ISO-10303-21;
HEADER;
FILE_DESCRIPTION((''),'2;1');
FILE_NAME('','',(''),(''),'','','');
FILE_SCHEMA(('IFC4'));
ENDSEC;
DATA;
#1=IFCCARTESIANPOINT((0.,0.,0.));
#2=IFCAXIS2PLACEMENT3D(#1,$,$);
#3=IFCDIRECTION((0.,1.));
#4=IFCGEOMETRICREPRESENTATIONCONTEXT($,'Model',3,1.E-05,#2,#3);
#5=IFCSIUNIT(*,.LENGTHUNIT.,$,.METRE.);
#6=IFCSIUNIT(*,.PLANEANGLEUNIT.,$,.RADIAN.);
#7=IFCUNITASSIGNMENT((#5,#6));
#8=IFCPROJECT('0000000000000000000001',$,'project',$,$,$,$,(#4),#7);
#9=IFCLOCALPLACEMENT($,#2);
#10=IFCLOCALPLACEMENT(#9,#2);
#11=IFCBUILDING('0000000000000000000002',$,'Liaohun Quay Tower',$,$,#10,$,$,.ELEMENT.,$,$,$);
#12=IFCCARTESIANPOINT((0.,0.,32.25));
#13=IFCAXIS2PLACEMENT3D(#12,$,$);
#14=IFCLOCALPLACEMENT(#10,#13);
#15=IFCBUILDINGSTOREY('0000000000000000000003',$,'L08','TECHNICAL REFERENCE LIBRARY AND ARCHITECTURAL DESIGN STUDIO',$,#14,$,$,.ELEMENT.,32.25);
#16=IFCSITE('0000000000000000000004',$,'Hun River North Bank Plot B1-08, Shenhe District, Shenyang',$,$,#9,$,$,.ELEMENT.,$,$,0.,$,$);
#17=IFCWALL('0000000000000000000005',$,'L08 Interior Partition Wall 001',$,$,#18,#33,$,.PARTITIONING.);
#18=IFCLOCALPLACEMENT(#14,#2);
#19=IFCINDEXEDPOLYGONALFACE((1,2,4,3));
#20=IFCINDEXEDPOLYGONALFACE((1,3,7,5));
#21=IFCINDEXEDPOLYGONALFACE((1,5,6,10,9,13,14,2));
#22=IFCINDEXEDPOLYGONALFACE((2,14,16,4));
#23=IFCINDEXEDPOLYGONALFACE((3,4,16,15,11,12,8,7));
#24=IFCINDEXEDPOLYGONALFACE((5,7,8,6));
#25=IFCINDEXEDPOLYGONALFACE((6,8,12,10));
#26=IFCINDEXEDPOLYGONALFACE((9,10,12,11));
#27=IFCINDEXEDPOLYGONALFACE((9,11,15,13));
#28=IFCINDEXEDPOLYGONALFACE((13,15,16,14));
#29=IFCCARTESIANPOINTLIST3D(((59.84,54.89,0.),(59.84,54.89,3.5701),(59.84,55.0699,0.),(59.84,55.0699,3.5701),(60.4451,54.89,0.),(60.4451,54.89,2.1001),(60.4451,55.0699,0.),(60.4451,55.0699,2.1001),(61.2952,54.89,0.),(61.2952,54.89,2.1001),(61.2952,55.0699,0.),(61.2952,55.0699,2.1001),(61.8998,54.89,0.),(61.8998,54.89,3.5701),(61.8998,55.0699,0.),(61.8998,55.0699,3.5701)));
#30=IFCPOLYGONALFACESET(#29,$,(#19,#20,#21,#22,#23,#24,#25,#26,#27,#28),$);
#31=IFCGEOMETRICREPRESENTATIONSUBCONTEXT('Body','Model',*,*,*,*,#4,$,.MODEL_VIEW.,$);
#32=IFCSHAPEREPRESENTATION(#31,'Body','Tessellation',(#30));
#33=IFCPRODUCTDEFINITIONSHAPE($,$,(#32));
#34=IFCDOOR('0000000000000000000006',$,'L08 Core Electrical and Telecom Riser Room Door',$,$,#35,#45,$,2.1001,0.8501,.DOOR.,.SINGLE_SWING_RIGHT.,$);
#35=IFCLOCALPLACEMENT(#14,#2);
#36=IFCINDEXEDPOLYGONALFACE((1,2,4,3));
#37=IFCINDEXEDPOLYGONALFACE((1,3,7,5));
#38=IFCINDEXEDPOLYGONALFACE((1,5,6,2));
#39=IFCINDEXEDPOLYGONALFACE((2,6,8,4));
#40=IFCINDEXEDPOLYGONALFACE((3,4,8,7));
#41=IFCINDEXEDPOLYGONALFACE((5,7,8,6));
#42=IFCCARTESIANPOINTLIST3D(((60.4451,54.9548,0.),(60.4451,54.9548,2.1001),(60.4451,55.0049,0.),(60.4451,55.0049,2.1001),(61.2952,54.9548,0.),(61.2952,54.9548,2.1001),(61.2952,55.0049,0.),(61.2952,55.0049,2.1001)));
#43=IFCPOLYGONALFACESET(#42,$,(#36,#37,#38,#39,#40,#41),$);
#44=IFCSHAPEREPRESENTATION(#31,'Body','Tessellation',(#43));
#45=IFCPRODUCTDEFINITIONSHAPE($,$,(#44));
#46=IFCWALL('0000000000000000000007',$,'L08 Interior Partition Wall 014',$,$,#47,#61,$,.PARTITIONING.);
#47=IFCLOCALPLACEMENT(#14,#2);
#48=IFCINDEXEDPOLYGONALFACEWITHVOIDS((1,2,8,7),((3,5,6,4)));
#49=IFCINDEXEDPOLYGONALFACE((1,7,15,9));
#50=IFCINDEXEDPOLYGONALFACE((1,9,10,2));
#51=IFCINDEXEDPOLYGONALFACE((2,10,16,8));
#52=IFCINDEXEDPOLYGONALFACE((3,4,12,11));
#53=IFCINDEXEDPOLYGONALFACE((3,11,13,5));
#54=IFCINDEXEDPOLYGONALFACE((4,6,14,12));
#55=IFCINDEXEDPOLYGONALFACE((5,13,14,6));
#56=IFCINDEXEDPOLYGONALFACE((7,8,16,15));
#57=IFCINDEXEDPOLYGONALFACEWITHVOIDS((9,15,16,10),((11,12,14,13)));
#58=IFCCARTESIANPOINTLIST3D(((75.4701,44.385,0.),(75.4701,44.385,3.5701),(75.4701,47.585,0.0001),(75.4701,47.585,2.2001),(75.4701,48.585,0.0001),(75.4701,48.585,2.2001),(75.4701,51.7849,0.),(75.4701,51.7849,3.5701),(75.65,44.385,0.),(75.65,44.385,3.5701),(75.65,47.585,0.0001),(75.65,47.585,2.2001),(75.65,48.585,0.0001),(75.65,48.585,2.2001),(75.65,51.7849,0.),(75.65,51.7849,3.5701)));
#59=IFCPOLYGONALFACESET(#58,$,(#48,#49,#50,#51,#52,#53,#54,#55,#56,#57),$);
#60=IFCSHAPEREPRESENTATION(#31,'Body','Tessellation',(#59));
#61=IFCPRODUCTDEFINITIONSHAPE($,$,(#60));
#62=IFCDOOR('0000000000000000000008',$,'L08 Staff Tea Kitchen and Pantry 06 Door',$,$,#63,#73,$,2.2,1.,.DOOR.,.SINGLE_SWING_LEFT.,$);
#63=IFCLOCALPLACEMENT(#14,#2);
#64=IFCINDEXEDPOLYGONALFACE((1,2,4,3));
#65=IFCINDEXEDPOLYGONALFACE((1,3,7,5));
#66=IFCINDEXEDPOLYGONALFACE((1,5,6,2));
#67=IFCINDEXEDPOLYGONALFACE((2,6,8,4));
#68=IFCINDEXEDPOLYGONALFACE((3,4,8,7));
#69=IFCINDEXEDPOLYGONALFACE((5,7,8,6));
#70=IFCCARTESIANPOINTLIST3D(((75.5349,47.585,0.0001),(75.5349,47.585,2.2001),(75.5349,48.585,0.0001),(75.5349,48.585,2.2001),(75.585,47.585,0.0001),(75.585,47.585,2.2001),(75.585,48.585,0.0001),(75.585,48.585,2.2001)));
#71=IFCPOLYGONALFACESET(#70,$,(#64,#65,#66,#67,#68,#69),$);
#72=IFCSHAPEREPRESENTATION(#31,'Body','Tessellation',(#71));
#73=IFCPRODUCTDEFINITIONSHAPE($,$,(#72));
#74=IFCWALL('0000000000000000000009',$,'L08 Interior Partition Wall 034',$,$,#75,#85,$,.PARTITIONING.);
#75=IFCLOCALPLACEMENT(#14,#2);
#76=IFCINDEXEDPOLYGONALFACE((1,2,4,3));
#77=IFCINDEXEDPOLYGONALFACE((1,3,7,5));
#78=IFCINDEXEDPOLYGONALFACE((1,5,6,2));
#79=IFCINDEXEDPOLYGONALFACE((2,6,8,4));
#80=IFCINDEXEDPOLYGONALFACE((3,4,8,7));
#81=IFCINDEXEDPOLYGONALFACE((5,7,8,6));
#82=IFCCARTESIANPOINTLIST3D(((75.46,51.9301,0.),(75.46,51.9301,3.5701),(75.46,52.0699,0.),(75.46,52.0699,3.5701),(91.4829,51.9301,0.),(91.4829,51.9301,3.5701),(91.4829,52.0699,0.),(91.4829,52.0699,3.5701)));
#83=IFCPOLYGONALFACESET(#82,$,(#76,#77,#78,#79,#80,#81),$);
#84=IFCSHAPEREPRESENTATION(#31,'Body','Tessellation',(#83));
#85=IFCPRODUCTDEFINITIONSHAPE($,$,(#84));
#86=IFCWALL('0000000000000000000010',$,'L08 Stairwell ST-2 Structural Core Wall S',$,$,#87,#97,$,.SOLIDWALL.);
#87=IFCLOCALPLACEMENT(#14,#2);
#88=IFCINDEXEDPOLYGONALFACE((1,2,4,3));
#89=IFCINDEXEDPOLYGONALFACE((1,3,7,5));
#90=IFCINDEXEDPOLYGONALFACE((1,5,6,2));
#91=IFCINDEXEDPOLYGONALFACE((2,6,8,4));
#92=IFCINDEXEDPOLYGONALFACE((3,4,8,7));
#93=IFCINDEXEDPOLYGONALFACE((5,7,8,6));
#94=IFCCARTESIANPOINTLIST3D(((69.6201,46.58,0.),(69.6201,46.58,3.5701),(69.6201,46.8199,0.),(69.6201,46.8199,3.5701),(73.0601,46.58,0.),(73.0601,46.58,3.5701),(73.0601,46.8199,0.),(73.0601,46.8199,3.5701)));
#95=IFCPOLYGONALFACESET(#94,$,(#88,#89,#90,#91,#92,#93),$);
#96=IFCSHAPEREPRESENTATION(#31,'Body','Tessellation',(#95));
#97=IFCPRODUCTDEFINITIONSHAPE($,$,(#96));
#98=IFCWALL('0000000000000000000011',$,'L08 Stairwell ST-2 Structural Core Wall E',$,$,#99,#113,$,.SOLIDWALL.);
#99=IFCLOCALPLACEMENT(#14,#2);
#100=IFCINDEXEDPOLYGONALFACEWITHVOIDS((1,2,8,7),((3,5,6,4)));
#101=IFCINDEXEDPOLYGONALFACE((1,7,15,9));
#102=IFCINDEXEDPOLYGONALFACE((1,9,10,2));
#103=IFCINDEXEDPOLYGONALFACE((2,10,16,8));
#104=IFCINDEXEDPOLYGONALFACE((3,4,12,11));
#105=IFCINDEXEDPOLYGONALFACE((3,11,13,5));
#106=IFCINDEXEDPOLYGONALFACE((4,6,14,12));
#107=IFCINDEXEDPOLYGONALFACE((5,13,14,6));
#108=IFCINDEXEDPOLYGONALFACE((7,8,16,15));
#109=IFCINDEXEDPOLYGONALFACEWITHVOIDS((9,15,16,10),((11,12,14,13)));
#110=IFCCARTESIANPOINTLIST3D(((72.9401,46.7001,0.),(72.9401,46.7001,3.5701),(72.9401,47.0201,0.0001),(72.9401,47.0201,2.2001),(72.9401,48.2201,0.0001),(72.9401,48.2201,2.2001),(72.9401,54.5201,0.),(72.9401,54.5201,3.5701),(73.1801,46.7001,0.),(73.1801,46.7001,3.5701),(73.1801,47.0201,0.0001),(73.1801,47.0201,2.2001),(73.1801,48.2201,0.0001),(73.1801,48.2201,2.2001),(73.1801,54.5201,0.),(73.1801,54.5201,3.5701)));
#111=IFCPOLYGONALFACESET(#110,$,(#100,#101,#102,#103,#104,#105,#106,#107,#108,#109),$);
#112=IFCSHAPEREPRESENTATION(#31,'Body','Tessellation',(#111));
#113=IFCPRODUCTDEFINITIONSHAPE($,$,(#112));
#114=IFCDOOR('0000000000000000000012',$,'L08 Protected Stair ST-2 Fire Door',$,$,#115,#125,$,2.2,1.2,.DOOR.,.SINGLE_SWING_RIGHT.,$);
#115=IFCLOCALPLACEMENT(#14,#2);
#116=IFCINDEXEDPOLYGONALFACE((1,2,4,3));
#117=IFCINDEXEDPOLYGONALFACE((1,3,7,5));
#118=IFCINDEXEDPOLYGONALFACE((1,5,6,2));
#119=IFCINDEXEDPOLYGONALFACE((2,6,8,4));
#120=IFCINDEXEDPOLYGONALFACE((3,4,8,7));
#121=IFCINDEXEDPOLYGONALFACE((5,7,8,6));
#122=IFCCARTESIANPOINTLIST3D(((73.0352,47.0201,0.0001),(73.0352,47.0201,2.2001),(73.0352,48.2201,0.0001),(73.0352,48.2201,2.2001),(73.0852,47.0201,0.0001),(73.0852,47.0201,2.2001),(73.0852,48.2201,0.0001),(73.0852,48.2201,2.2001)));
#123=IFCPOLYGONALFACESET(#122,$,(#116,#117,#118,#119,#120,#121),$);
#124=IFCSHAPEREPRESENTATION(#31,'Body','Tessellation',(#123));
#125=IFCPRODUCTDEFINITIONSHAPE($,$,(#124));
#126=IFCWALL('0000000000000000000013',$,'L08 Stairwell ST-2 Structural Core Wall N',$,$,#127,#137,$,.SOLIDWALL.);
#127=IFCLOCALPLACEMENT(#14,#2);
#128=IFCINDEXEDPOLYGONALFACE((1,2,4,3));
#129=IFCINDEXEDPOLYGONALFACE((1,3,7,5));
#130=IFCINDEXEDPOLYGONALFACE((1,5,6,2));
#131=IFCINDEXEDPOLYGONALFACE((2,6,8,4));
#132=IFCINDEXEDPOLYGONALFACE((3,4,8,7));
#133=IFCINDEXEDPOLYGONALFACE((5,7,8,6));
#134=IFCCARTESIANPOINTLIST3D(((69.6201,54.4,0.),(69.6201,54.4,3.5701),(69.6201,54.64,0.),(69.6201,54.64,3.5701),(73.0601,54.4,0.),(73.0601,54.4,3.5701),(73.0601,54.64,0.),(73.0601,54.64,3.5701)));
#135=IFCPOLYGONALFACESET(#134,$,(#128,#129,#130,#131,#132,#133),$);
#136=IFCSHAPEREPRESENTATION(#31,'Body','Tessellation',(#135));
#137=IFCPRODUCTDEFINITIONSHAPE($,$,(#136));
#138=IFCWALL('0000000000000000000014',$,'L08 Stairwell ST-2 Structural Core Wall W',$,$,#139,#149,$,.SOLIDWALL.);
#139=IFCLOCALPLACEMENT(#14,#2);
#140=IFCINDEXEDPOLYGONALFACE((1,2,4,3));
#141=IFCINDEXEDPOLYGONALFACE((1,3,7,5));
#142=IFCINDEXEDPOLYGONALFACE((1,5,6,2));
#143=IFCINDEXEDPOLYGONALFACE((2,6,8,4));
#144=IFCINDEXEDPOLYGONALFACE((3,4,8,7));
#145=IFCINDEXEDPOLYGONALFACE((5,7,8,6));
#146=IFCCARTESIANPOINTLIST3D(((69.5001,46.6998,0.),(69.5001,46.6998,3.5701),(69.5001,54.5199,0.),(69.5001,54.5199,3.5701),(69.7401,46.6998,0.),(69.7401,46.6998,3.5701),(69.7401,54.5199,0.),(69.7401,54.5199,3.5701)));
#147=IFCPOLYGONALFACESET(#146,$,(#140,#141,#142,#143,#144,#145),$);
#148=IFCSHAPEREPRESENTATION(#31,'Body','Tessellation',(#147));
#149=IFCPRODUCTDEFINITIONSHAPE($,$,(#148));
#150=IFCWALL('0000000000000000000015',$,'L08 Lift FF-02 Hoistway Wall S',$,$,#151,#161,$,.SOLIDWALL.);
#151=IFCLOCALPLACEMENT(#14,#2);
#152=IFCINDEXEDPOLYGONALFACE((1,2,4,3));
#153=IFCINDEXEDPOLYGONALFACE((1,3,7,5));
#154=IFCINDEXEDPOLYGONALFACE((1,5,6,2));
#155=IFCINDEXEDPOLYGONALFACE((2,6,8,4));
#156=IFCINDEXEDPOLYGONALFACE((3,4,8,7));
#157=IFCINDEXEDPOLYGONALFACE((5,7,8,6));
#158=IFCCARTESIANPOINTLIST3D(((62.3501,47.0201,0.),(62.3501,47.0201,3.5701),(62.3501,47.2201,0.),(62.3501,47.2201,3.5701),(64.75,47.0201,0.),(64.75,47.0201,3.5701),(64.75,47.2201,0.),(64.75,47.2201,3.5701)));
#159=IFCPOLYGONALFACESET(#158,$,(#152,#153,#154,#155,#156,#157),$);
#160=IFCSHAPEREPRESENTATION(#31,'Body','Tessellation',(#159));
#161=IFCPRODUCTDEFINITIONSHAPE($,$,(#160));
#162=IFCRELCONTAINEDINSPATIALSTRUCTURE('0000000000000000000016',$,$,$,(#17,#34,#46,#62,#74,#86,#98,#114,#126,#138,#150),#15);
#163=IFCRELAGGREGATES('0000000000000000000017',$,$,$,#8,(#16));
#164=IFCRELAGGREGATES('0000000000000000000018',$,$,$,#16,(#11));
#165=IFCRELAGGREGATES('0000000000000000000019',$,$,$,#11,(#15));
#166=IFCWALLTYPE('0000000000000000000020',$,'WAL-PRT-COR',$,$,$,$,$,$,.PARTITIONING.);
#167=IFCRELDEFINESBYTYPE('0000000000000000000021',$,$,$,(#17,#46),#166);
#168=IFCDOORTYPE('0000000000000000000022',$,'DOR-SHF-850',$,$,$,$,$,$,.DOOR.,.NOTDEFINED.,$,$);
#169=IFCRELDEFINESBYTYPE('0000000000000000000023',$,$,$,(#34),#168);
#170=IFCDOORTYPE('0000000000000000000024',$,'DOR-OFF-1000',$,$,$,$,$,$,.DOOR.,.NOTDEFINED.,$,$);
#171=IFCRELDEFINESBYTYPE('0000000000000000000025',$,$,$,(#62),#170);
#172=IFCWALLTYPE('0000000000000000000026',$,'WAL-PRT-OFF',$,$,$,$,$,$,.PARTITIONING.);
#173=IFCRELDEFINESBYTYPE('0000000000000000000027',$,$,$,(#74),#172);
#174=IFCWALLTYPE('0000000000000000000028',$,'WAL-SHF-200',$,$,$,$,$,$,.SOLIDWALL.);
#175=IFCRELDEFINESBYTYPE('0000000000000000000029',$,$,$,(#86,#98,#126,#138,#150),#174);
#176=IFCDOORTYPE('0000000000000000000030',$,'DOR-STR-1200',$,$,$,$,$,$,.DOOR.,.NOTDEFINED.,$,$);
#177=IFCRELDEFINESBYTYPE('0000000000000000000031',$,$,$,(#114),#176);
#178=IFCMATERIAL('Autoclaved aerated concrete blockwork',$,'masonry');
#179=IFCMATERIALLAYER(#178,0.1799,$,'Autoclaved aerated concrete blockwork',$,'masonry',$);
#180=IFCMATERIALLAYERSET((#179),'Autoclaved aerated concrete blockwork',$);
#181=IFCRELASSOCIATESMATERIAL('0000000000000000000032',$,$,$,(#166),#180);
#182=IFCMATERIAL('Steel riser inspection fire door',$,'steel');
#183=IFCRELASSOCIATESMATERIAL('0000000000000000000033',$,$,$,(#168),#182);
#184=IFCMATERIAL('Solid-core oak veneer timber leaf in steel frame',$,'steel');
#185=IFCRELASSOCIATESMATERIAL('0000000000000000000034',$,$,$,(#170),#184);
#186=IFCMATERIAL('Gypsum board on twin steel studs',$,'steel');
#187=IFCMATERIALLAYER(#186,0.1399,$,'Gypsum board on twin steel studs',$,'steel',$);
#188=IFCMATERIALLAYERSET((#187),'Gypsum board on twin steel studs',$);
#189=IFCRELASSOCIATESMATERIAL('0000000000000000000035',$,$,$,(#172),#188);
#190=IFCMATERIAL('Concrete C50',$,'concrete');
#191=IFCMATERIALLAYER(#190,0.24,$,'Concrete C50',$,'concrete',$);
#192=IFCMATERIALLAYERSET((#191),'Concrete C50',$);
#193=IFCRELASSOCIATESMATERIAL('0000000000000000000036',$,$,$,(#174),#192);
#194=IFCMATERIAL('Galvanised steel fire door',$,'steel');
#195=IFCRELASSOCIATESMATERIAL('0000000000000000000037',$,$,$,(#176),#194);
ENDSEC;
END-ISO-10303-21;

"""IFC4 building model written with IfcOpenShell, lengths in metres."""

from ifc_helpers import new_model, si_unit, direction, frame, frame_2d, origin, place, context, subcontext, project, spatial, rectangle, extrude, source, transform, mapped, material, layer, layer_set, type_object, element, fill, save


model = new_model("IFC4")

# Units and contexts
model_context = context("Model", 3, precision=1e-05, world=origin(), true_north=direction((0.0, 1.0)))
body_context = subcontext(model_context, "Body", "Model", "MODEL_VIEW")
ifc_project = project(units=[si_unit("LENGTHUNIT", "METRE"), si_unit("PLANEANGLEUNIT", "RADIAN")], contexts=[model_context])

# Site, building, storey
site_placement = place(None, origin())
site = spatial("IfcSite", under=ifc_project, at=site_placement, Name="Hun River North Bank Plot B1-08, Shenhe District, Shenyang", CompositionType="ELEMENT", RefElevation=0.0)
building_placement = place(site_placement, origin())
building = spatial("IfcBuilding", under=site, at=building_placement, Name="Liaohun Quay Tower", CompositionType="ELEMENT")
storey_placement = place(building_placement, frame((0.0, 0.0, 32.25)))
storey = spatial("IfcBuildingStorey", under=building, at=storey_placement, Name="L08", Description="TECHNICAL REFERENCE LIBRARY AND ARCHITECTURAL DESIGN STUDIO", CompositionType="ELEMENT", Elevation=32.25)

# Walls, openings, doors
ifc_material_1 = material(Name="Autoclaved aerated concrete blockwork", Category="masonry")
ifc_layer_1 = layer(ifc_material_1, 0.1799, Name="Autoclaved aerated concrete blockwork", Category="masonry")
ifc_layer_set_1 = layer_set([ifc_layer_1], Name="Autoclaved aerated concrete blockwork")
wall_type_1 = type_object("IfcWallType", Name="WAL-PRT-COR", PredefinedType="PARTITIONING", material=ifc_layer_set_1)
wall_1_placement = place(storey_placement, frame((59.8401, 54.98, 0.0), z_axis=(0.0, 0.0, 1.0), x_axis=(1.0, 0.0, 0.0)))
wall_1 = element("IfcWall", 1, at=wall_1_placement, inside=storey, type_object=wall_type_1, Name="L08 Interior Partition Wall 001", PredefinedType="PARTITIONING", context=body_context, shape_type="SweptSolid", body=[
    extrude(rectangle(XDim=2.0598, YDim=0.1799, at=frame_2d((1.0298, 0.0))), origin(), (0.0, 0.0, 1.0), 3.5701),
])
shared_shape_1 = source(origin(), body_context, "Body", "SweptSolid", [
    extrude(rectangle(XDim=0.8501, YDim=2.1001, at=frame_2d((0.425, 1.05))), frame((0.0, 0.0999, 0.0), z_axis=(0.0, -1.0, 0.0), x_axis=(1.0, 0.0, 0.0)), (0.0, 0.0, 1.0), 0.2),
])
opening_1_placement = place(wall_1_placement, frame((0.605, 0.0, 0.0)))
opening_1 = element("IfcOpeningElement", 2, at=opening_1_placement, cuts=wall_1, PredefinedType="OPENING", context=body_context, shape_type="MappedRepresentation", body=[
    mapped(shared_shape_1, transform((0.0, 0.0, 0.0), x_axis=(1.0, 0.0, 0.0), y_axis=(0.0, 1.0, 0.0), z_axis=(0.0, 0.0, 1.0), scale=1.0)),
])
ifc_material_2 = material(Name="Steel riser inspection fire door", Category="steel")
door_type_1 = type_object("IfcDoorType", Name="DOR-SHF-850", OperationType="NOTDEFINED", PredefinedType="DOOR", material=ifc_material_2)
shared_shape_2 = source(origin(), body_context, "Body", "SweptSolid", [
    extrude(rectangle(XDim=0.8501, YDim=2.1001, at=frame_2d((0.425, 1.05))), frame((0.0, 0.0249, 0.0), z_axis=(0.0, -1.0, 0.0), x_axis=(1.0, 0.0, 0.0)), (0.0, 0.0, 1.0), 0.05),
])
door_1_placement = place(opening_1_placement, origin())
door_1 = element("IfcDoor", 3, at=door_1_placement, inside=storey, type_object=door_type_1, Name="L08 Core Electrical and Telecom Riser Room Door", OperationType="SINGLE_SWING_RIGHT", OverallHeight=2.1001, OverallWidth=0.8501, PredefinedType="DOOR", context=body_context, shape_type="MappedRepresentation", body=[
    mapped(shared_shape_2, transform((0.0, 0.0, 0.0), x_axis=(1.0, 0.0, 0.0), y_axis=(0.0, 1.0, 0.0), z_axis=(0.0, 0.0, 1.0), scale=1.0)),
])
fill(opening_1, door_1)
wall_2_placement = place(storey_placement, frame((75.5601, 51.7849, 0.0), z_axis=(0.0, 0.0, 1.0), x_axis=(0.0, -1.0, 0.0)))
wall_2 = element("IfcWall", 4, at=wall_2_placement, inside=storey, type_object=wall_type_1, Name="L08 Interior Partition Wall 014", PredefinedType="PARTITIONING", context=body_context, shape_type="SweptSolid", body=[
    extrude(rectangle(XDim=7.3999, YDim=0.1799, at=frame_2d((3.7, 0.0))), origin(), (0.0, 0.0, 1.0), 3.5701),
])
shared_shape_3 = source(origin(), body_context, "Body", "SweptSolid", [
    extrude(rectangle(XDim=1.0, YDim=2.2, at=frame_2d((0.5, 1.1001))), frame((0.0, 0.0999, 0.0), z_axis=(0.0, -1.0, 0.0), x_axis=(1.0, 0.0, 0.0)), (0.0, 0.0, 1.0), 0.2),
])
opening_2_placement = place(wall_2_placement, frame((3.2, 0.0, 0.0)))
opening_2 = element("IfcOpeningElement", 5, at=opening_2_placement, cuts=wall_2, PredefinedType="OPENING", context=body_context, shape_type="MappedRepresentation", body=[
    mapped(shared_shape_3, transform((0.0, 0.0, 0.0), x_axis=(1.0, 0.0, 0.0), y_axis=(0.0, 1.0, 0.0), z_axis=(0.0, 0.0, 1.0), scale=1.0)),
])
ifc_material_3 = material(Name="Solid-core oak veneer timber leaf in steel frame", Category="steel")
door_type_2 = type_object("IfcDoorType", Name="DOR-OFF-1000", OperationType="NOTDEFINED", PredefinedType="DOOR", material=ifc_material_3)
shared_shape_4 = source(origin(), body_context, "Body", "SweptSolid", [
    extrude(rectangle(XDim=1.0, YDim=2.2, at=frame_2d((0.5, 1.1001))), frame((0.0, 0.0249, 0.0), z_axis=(0.0, -1.0, 0.0), x_axis=(1.0, 0.0, 0.0)), (0.0, 0.0, 1.0), 0.05),
])
door_2_placement = place(opening_2_placement, origin())
door_2 = element("IfcDoor", 6, at=door_2_placement, inside=storey, type_object=door_type_2, Name="L08 Staff Tea Kitchen and Pantry 06 Door", OperationType="SINGLE_SWING_LEFT", OverallHeight=2.2, OverallWidth=1.0, PredefinedType="DOOR", context=body_context, shape_type="MappedRepresentation", body=[
    mapped(shared_shape_4, transform((0.0, 0.0, 0.0), x_axis=(1.0, 0.0, 0.0), y_axis=(0.0, 1.0, 0.0), z_axis=(0.0, 0.0, 1.0), scale=1.0)),
])
fill(opening_2, door_2)

# Walls
ifc_material_4 = material(Name="Gypsum board on twin steel studs", Category="steel")
ifc_layer_2 = layer(ifc_material_4, 0.1399, Name="Gypsum board on twin steel studs", Category="steel")
ifc_layer_set_2 = layer_set([ifc_layer_2], Name="Gypsum board on twin steel studs")
wall_type_2 = type_object("IfcWallType", Name="WAL-PRT-OFF", PredefinedType="PARTITIONING", material=ifc_layer_set_2)
wall_3_placement = place(storey_placement, frame((75.46, 52.0, 0.0), z_axis=(0.0, 0.0, 1.0), x_axis=(1.0, 0.0, 0.0)))
element("IfcWall", 7, at=wall_3_placement, inside=storey, type_object=wall_type_2, Name="L08 Interior Partition Wall 034", PredefinedType="PARTITIONING", context=body_context, shape_type="SweptSolid", body=[
    extrude(rectangle(XDim=16.0229, YDim=0.1399, at=frame_2d((8.0115, 0.0))), origin(), (0.0, 0.0, 1.0), 3.5701),
])
ifc_material_5 = material(Name="Concrete C50", Category="concrete")
ifc_layer_3 = layer(ifc_material_5, 0.24, Name="Concrete C50", Category="concrete")
ifc_layer_set_3 = layer_set([ifc_layer_3], Name="Concrete C50")
wall_type_3 = type_object("IfcWallType", Name="WAL-SHF-200", PredefinedType="SOLIDWALL", material=ifc_layer_set_3)
wall_4_placement = place(storey_placement, frame((69.6201, 46.7, 0.0), z_axis=(0.0, 0.0, 1.0), x_axis=(1.0, 0.0, 0.0)))
element("IfcWall", 8, at=wall_4_placement, inside=storey, type_object=wall_type_3, Name="L08 Stairwell ST-2 Structural Core Wall S", PredefinedType="SOLIDWALL", context=body_context, shape_type="SweptSolid", body=[
    extrude(rectangle(XDim=3.4399, YDim=0.24, at=frame_2d((1.72, 0.0))), origin(), (0.0, 0.0, 1.0), 3.5701),
])

# Wall, opening, door
wall_5_placement = place(storey_placement, frame((73.0601, 46.7, 0.0), z_axis=(0.0, 0.0, 1.0), x_axis=(0.0, 1.0, 0.0)))
wall_5 = element("IfcWall", 9, at=wall_5_placement, inside=storey, type_object=wall_type_3, Name="L08 Stairwell ST-2 Structural Core Wall E", PredefinedType="SOLIDWALL", context=body_context, shape_type="SweptSolid", body=[
    extrude(rectangle(XDim=7.8201, YDim=0.24, at=frame_2d((3.9102, 0.0))), origin(), (0.0, 0.0, 1.0), 3.5701),
])
shared_shape_5 = source(origin(), body_context, "Body", "SweptSolid", [
    extrude(rectangle(XDim=1.2, YDim=2.2, at=frame_2d((0.6001, 1.1001))), frame((0.0, 0.1299, 0.0), z_axis=(0.0, -1.0, 0.0), x_axis=(1.0, 0.0, 0.0)), (0.0, 0.0, 1.0), 0.26),
])
opening_3_placement = place(wall_5_placement, frame((0.3201, 0.0, 0.0)))
opening_3 = element("IfcOpeningElement", 10, at=opening_3_placement, cuts=wall_5, PredefinedType="OPENING", context=body_context, shape_type="MappedRepresentation", body=[
    mapped(shared_shape_5, transform((0.0, 0.0, 0.0), x_axis=(1.0, 0.0, 0.0), y_axis=(0.0, 1.0, 0.0), z_axis=(0.0, 0.0, 1.0), scale=1.0)),
])
ifc_material_6 = material(Name="Galvanised steel fire door", Category="steel")
door_type_3 = type_object("IfcDoorType", Name="DOR-STR-1200", OperationType="NOTDEFINED", PredefinedType="DOOR", material=ifc_material_6)
shared_shape_6 = source(origin(), body_context, "Body", "SweptSolid", [
    extrude(rectangle(XDim=1.2, YDim=2.2, at=frame_2d((0.6001, 1.1001))), frame((0.0, 0.0249, 0.0), z_axis=(0.0, -1.0, 0.0), x_axis=(1.0, 0.0, 0.0)), (0.0, 0.0, 1.0), 0.05),
])
door_3_placement = place(opening_3_placement, origin())
door_3 = element("IfcDoor", 11, at=door_3_placement, inside=storey, type_object=door_type_3, Name="L08 Protected Stair ST-2 Fire Door", OperationType="SINGLE_SWING_RIGHT", OverallHeight=2.2, OverallWidth=1.2, PredefinedType="DOOR", context=body_context, shape_type="MappedRepresentation", body=[
    mapped(shared_shape_6, transform((0.0, 0.0, 0.0), x_axis=(1.0, 0.0, 0.0), y_axis=(0.0, 1.0, 0.0), z_axis=(0.0, 0.0, 1.0), scale=1.0)),
])
fill(opening_3, door_3)

# Walls
wall_6_placement = place(storey_placement, frame((73.0601, 54.52, 0.0), z_axis=(0.0, 0.0, 1.0), x_axis=(-1.0, 0.0, 0.0)))
element("IfcWall", 12, at=wall_6_placement, inside=storey, type_object=wall_type_3, Name="L08 Stairwell ST-2 Structural Core Wall N", PredefinedType="SOLIDWALL", context=body_context, shape_type="SweptSolid", body=[
    extrude(rectangle(XDim=3.4399, YDim=0.24, at=frame_2d((1.72, 0.0))), origin(), (0.0, 0.0, 1.0), 3.5701),
])
wall_7_placement = place(storey_placement, frame((69.6201, 54.52, 0.0), z_axis=(0.0, 0.0, 1.0), x_axis=(0.0, -1.0, 0.0)))
element("IfcWall", 13, at=wall_7_placement, inside=storey, type_object=wall_type_3, Name="L08 Stairwell ST-2 Structural Core Wall W", PredefinedType="SOLIDWALL", context=body_context, shape_type="SweptSolid", body=[
    extrude(rectangle(XDim=7.8201, YDim=0.24, at=frame_2d((3.9102, 0.0))), origin(), (0.0, 0.0, 1.0), 3.5701),
])
wall_8_placement = place(storey_placement, frame((62.3501, 47.1201, 0.0), z_axis=(0.0, 0.0, 1.0), x_axis=(1.0, 0.0, 0.0)))
element("IfcWall", 14, at=wall_8_placement, inside=storey, type_object=wall_type_3, Name="L08 Lift FF-02 Hoistway Wall S", PredefinedType="SOLIDWALL", context=body_context, shape_type="SweptSolid", body=[
    extrude(rectangle(XDim=2.3999, YDim=0.2, at=frame_2d((1.2, 0.0))), origin(), (0.0, 0.0, 1.0), 3.5701),
])

save(model, "model.ifc")
